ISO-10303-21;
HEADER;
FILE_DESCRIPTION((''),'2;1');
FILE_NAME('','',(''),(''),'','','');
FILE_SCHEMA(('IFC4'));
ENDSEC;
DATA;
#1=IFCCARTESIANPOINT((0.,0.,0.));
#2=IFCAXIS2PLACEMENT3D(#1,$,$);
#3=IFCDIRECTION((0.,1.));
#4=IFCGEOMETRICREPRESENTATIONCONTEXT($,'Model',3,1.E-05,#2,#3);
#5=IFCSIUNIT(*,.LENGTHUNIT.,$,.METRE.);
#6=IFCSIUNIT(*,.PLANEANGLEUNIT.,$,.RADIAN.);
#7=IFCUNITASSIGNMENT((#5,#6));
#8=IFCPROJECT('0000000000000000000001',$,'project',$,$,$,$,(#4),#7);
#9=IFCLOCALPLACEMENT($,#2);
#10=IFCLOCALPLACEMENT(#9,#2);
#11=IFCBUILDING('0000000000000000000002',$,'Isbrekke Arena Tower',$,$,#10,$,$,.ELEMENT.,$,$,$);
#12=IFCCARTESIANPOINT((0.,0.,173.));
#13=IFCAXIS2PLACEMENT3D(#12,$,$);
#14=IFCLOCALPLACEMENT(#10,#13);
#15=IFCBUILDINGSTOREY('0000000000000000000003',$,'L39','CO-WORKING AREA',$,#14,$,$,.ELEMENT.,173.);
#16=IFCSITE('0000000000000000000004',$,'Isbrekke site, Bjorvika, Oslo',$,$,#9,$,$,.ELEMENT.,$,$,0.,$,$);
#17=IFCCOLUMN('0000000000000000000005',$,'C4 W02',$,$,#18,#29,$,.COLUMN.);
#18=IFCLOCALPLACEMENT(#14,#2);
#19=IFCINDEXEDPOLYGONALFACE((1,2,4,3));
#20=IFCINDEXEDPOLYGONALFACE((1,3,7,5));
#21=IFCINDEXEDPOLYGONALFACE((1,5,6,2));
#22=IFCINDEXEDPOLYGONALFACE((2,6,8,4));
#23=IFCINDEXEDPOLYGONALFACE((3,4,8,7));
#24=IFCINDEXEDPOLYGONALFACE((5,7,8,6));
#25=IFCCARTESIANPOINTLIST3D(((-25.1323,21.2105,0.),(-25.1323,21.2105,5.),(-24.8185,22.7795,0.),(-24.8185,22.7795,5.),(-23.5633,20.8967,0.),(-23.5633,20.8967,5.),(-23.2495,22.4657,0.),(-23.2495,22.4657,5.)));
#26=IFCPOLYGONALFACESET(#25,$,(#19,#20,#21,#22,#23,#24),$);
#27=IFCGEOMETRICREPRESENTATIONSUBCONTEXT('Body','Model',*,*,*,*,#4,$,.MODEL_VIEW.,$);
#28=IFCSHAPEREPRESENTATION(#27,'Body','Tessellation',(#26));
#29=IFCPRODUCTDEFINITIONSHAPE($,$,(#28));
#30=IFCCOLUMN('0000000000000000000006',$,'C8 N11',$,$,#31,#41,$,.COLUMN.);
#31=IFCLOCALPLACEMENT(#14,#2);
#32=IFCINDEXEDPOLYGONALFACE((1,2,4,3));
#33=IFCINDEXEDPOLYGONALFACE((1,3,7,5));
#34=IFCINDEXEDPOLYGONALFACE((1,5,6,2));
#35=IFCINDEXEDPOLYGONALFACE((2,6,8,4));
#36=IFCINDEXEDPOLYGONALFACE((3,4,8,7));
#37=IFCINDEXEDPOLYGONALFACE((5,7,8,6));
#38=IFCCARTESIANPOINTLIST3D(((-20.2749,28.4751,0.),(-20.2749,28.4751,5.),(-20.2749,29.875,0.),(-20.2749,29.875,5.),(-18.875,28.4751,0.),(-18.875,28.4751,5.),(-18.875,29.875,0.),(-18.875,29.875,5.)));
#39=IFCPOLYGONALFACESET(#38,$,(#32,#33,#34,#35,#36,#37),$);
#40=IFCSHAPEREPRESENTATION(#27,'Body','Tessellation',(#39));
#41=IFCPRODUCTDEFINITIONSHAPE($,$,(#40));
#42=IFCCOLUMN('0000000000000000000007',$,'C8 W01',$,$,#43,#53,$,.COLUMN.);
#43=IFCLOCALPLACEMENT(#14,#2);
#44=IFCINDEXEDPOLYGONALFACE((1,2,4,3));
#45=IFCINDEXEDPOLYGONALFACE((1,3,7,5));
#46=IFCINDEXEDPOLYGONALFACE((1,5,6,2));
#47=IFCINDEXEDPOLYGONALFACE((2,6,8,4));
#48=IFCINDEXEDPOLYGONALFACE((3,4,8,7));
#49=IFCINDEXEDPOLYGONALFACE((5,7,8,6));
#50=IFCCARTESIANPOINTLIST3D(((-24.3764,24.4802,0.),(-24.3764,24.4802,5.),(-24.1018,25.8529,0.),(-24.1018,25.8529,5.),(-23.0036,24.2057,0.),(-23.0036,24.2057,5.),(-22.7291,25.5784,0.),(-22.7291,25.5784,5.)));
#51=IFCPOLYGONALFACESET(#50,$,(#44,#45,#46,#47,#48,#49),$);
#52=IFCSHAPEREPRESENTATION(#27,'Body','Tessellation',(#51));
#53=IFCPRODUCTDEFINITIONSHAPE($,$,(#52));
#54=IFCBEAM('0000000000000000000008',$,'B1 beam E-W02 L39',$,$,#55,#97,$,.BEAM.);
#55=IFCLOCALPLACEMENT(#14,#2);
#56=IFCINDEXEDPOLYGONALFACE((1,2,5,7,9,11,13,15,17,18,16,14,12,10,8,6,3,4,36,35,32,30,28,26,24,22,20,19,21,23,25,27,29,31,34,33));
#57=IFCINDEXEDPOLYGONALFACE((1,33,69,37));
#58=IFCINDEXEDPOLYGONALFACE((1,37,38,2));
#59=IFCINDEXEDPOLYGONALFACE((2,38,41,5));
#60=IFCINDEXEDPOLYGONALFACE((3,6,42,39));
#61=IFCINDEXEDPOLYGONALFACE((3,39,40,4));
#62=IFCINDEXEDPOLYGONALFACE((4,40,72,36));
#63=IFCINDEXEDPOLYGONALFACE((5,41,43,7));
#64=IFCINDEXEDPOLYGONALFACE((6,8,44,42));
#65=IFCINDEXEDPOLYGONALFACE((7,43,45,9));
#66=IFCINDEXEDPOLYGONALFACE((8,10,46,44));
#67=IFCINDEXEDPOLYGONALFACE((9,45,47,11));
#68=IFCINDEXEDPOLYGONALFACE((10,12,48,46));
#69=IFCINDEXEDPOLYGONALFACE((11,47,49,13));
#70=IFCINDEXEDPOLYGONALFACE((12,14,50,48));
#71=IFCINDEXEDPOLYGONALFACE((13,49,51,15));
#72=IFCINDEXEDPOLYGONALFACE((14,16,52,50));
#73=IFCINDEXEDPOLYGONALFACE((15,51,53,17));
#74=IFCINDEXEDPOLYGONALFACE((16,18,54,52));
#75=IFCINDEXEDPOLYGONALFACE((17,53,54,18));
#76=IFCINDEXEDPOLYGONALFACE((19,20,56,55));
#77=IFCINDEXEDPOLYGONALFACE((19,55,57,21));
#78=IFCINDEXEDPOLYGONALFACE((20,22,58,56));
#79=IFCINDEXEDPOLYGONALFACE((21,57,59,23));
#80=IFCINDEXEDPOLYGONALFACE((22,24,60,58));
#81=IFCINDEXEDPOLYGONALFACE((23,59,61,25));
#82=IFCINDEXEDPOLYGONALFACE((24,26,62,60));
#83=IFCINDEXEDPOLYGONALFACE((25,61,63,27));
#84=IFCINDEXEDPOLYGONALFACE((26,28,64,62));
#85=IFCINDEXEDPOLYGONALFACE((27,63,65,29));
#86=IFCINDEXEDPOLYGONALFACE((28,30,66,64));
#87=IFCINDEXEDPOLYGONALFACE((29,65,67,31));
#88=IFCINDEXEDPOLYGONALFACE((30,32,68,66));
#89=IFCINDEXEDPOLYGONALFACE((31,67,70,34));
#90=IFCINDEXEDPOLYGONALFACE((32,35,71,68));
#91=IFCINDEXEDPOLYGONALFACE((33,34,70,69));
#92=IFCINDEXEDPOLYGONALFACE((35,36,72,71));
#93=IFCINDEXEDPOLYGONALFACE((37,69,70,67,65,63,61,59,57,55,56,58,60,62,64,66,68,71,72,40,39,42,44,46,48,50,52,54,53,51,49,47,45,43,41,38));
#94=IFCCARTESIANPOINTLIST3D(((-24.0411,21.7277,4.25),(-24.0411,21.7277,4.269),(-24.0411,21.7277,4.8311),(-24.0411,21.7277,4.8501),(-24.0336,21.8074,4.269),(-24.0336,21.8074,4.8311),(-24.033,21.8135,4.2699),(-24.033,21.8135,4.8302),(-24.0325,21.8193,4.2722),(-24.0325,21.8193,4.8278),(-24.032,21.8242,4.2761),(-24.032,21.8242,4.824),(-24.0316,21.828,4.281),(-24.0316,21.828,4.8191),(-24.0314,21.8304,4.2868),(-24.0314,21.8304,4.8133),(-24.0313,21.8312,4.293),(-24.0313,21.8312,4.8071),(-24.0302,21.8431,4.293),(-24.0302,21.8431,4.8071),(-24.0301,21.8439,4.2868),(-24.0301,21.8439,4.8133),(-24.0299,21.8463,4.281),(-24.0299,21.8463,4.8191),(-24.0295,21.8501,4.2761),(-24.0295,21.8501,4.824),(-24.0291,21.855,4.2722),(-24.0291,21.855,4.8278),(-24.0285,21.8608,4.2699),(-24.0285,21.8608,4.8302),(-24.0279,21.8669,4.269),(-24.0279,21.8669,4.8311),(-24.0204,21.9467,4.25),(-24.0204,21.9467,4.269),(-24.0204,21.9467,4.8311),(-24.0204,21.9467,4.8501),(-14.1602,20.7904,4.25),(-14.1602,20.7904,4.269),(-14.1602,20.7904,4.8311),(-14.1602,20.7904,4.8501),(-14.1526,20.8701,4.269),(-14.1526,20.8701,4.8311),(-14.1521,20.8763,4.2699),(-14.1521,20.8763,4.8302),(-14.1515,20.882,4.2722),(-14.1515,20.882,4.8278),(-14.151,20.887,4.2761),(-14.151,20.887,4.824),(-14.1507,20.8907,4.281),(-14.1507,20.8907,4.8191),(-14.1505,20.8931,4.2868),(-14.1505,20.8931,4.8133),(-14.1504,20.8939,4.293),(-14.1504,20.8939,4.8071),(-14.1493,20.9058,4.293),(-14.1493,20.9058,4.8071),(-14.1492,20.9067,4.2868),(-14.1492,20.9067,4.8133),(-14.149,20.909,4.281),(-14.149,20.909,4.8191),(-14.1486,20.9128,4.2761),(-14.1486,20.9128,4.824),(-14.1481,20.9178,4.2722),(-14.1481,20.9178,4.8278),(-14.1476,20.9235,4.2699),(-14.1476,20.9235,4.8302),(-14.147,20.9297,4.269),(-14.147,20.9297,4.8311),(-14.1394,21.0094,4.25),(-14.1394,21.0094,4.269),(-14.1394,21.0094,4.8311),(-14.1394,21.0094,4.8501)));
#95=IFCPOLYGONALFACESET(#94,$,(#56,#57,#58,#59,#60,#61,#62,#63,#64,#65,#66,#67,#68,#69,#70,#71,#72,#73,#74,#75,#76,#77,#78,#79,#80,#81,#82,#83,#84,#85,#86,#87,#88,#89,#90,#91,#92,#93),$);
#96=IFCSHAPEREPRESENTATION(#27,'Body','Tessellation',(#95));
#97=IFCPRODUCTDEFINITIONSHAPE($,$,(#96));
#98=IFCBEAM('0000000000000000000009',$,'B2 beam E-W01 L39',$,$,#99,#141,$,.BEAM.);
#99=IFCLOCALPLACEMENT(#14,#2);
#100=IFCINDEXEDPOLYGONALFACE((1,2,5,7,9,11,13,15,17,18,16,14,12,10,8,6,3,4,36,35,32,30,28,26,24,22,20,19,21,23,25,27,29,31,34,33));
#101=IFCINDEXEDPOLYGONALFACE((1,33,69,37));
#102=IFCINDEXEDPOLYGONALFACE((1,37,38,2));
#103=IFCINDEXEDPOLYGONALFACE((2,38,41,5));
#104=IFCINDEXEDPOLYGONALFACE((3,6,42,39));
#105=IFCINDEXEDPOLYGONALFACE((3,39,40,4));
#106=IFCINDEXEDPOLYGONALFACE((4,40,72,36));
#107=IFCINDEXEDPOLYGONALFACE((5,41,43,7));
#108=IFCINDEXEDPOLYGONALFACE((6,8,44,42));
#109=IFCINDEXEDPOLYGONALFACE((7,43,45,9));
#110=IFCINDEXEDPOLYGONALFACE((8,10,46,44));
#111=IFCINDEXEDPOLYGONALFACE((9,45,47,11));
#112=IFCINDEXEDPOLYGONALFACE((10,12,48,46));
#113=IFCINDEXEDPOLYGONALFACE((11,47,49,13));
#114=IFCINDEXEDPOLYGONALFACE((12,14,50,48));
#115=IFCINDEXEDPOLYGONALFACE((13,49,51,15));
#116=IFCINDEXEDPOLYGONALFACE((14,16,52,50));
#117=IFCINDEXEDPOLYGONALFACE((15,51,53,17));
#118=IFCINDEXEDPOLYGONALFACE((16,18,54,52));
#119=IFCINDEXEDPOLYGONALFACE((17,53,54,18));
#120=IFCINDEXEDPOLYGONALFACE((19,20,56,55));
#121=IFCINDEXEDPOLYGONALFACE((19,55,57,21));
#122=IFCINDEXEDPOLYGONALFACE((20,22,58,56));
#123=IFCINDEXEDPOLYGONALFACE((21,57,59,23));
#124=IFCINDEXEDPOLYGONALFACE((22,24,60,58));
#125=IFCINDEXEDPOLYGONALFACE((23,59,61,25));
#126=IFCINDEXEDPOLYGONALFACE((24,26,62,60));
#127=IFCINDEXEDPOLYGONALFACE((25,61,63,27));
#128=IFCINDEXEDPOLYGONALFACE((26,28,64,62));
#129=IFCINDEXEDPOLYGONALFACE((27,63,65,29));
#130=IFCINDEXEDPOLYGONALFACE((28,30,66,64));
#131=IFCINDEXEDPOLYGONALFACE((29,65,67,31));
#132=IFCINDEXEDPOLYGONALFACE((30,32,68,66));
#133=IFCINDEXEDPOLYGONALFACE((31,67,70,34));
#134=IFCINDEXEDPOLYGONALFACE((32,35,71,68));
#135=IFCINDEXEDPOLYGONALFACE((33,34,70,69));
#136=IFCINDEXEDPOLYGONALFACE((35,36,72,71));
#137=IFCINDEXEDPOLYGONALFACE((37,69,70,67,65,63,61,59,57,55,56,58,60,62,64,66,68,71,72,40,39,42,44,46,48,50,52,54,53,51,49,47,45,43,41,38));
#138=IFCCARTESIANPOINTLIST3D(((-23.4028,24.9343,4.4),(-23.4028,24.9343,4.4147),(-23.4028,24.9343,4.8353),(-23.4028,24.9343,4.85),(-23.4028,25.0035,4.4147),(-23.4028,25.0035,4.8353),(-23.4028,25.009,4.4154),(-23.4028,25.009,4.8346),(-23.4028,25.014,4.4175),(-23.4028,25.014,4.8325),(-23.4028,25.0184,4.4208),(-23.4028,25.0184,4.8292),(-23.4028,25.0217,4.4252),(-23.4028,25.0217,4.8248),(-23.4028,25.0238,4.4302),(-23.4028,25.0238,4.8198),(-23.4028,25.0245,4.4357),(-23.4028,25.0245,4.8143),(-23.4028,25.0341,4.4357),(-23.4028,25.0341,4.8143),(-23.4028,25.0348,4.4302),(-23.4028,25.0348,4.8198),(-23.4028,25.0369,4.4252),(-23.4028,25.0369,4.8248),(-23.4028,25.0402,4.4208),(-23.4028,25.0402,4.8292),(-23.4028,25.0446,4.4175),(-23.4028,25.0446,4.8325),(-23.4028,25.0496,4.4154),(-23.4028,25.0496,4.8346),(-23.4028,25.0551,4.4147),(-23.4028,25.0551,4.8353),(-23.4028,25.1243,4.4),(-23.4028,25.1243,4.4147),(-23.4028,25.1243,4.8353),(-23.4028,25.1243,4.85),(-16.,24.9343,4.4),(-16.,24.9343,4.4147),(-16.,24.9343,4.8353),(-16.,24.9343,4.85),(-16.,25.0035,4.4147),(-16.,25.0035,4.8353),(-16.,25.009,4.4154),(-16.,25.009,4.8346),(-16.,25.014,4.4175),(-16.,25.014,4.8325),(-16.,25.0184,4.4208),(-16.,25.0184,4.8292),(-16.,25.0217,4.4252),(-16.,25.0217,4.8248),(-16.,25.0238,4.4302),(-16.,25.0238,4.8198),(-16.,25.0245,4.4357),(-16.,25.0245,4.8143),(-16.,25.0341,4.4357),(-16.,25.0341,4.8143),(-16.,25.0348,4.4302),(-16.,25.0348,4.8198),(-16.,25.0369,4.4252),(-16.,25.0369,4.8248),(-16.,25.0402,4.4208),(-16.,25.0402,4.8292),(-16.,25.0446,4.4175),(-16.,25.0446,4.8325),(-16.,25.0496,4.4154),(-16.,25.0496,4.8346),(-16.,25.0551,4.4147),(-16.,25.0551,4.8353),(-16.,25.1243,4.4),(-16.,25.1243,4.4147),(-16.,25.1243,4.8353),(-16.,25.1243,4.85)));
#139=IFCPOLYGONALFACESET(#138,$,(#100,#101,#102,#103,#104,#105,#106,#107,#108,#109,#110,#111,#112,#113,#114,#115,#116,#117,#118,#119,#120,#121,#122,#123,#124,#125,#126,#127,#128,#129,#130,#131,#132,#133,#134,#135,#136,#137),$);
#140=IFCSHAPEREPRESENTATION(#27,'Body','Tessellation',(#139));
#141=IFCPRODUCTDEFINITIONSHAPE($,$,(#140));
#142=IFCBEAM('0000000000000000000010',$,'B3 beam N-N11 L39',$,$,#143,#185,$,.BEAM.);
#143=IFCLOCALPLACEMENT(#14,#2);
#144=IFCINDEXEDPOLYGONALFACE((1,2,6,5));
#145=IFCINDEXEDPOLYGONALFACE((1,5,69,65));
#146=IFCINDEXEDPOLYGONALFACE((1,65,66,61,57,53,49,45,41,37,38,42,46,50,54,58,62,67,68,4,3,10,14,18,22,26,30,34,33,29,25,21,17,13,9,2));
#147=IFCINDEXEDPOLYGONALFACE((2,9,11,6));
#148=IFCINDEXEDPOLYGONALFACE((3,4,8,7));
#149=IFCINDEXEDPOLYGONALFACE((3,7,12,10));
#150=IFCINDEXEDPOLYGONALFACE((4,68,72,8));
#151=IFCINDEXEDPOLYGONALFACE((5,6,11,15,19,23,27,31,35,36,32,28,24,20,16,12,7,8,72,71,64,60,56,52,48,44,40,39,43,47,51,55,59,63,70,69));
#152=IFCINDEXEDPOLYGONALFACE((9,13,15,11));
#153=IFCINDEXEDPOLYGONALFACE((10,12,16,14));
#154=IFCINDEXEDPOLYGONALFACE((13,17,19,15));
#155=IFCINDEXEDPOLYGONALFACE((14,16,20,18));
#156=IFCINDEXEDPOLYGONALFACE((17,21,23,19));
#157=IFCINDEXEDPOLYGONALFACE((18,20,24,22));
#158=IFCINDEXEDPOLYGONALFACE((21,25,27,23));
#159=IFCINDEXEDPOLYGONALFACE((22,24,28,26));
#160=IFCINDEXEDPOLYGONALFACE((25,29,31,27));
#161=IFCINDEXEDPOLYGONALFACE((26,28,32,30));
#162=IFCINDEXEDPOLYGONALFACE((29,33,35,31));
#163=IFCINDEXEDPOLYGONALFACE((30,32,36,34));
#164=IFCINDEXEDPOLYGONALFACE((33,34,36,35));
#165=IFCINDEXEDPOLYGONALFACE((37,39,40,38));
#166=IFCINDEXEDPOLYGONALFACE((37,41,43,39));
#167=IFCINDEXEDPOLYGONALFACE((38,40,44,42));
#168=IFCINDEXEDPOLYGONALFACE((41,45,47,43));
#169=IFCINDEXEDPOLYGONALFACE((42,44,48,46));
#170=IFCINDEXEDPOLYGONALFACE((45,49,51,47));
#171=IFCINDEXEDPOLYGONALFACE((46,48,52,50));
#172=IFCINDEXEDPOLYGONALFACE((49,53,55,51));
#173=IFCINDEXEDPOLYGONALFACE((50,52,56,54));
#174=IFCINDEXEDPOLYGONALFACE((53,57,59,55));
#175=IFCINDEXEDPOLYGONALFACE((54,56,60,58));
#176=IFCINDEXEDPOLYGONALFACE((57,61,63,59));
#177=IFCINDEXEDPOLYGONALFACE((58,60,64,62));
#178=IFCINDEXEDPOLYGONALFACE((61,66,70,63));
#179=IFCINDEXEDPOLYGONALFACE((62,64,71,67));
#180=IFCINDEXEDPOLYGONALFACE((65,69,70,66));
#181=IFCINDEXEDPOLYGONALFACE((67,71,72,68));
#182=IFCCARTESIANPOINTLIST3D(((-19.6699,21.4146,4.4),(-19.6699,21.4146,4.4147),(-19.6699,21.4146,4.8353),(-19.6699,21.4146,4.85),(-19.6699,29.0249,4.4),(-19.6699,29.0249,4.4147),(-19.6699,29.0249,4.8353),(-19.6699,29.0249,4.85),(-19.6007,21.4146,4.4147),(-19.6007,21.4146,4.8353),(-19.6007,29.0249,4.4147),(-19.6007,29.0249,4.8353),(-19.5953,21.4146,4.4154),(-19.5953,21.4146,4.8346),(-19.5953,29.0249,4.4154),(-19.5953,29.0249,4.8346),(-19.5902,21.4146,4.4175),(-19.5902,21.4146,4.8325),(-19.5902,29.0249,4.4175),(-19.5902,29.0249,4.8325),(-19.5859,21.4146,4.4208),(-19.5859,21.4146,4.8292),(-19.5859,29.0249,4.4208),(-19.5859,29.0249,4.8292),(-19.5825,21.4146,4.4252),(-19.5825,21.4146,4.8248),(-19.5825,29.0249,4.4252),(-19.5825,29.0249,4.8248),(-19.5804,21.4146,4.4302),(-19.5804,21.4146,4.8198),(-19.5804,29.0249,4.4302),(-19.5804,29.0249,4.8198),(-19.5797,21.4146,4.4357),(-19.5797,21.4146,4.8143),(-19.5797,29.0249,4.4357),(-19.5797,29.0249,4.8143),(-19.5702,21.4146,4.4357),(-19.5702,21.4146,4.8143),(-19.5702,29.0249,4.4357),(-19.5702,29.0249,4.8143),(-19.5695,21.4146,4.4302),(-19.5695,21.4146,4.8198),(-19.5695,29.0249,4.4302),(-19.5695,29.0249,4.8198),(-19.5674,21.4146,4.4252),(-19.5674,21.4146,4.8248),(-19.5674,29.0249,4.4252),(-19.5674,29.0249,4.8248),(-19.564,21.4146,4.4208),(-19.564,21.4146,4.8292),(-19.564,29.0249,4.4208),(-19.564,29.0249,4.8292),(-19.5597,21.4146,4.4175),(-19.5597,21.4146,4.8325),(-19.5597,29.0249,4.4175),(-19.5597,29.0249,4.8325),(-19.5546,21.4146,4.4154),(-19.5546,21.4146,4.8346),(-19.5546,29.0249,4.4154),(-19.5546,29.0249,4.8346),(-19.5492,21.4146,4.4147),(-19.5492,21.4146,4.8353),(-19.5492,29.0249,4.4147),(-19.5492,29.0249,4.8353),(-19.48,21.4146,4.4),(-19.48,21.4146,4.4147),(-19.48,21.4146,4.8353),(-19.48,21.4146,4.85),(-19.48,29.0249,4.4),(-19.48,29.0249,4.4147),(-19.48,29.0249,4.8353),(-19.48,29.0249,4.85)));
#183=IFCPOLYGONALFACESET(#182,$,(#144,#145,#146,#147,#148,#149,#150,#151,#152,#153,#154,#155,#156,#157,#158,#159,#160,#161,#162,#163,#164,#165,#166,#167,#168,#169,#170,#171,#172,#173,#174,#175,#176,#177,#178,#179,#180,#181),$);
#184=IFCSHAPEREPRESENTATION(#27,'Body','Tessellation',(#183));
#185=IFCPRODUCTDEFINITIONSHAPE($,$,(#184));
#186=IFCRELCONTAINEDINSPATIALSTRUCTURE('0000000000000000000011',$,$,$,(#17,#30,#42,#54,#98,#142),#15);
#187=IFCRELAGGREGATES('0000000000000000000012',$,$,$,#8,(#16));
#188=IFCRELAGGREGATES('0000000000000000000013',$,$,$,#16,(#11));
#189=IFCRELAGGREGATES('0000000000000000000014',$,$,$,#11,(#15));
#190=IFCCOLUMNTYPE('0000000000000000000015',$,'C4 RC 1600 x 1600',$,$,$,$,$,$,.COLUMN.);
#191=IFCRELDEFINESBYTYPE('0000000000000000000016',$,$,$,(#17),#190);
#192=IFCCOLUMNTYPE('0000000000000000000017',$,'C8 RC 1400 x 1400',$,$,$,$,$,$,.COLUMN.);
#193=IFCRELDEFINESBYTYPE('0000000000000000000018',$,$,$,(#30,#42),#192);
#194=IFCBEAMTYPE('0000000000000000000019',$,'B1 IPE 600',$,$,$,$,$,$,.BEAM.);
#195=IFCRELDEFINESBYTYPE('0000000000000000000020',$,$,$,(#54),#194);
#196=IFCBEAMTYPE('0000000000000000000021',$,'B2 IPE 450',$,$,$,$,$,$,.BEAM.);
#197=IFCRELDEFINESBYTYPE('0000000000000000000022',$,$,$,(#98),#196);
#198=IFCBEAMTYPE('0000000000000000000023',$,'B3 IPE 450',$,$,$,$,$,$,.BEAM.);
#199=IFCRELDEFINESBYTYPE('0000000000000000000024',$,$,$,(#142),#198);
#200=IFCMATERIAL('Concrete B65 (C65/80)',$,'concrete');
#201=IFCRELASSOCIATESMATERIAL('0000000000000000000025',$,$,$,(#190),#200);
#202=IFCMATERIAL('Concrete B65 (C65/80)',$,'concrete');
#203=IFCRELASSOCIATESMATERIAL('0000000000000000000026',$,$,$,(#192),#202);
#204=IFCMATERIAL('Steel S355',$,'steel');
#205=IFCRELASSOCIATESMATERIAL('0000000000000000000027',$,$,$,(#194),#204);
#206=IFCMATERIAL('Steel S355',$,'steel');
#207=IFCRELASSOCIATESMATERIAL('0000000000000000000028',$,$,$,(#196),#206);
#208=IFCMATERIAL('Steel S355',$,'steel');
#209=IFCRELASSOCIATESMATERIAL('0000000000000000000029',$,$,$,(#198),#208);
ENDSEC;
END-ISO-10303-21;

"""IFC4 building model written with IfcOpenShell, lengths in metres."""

from ifc_helpers import new_model, si_unit, direction, frame, origin, origin_2d, place, context, subcontext, project, spatial, rectangle, i_section, extrude, material, material_profile, profile_set, type_object, element, save


model = new_model("IFC4")

# Units and contexts
model_context = context("Model", 3, precision=1e-05, world=origin(), true_north=direction((0.0, 1.0)))
body_context = subcontext(model_context, "Body", "Model", "MODEL_VIEW")
ifc_project = project(units=[si_unit("LENGTHUNIT", "METRE"), si_unit("PLANEANGLEUNIT", "RADIAN")], contexts=[model_context])

# Site, building, storey
site_placement = place(None, origin())
site = spatial("IfcSite", under=ifc_project, at=site_placement, Name="Isbrekke site, Bjorvika, Oslo", CompositionType="ELEMENT", RefElevation=0.0)
building_placement = place(site_placement, origin())
building = spatial("IfcBuilding", under=site, at=building_placement, Name="Isbrekke Arena Tower", CompositionType="ELEMENT")
storey_placement = place(building_placement, frame((0.0, 0.0, 173.0)))
storey = spatial("IfcBuildingStorey", under=building, at=storey_placement, Name="L39", Description="CO-WORKING AREA", CompositionType="ELEMENT", Elevation=173.0)

# Columns
ifc_material_1 = material(Name="Concrete B65 (C65/80)", Category="concrete")
ifc_material_profile_1 = material_profile(ifc_material_1, rectangle(XDim=1.6001, YDim=1.6001, at=origin_2d()), Name="RC 1600x1600")
ifc_profile_set_1 = profile_set([ifc_material_profile_1], Name="Concrete B65 (C65/80)")
column_type_1 = type_object("IfcColumnType", Name="C4 RC 1600 x 1600", PredefinedType="COLUMN", material=ifc_profile_set_1)
column_placement = place(storey_placement, frame((-24.1909, 21.8381, 0.0), z_axis=(0.0, 0.0, 1.0), x_axis=(-0.196116, -0.980581, 0.0)))
element("IfcColumn", 1, at=column_placement, inside=storey, type_object=column_type_1, Name="C4 W02", PredefinedType="COLUMN", context=body_context, shape_type="SweptSolid", body=[
    extrude(rectangle(XDim=1.6001, YDim=1.6001, at=origin_2d()), origin(), (0.0, 0.0, 1.0), 5.0),
])
ifc_material_2 = material(Name="Concrete B65 (C65/80)", Category="concrete")
ifc_material_profile_2 = material_profile(ifc_material_2, rectangle(XDim=1.3999, YDim=1.3999, at=origin_2d()), Name="RC 1400x1400")
ifc_profile_set_2 = profile_set([ifc_material_profile_2], Name="Concrete B65 (C65/80)")
column_type_2 = type_object("IfcColumnType", Name="C8 RC 1400 x 1400", PredefinedType="COLUMN", material=ifc_profile_set_2)
for number, where, z_axis, x_axis, name in (
    (2, (-19.575, 29.175, 0.0), (0.0, 0.0, 1.0), (-1.0, 0.0, 0.0), "C8 N11"),
    (3, (-23.5527, 25.0293, 0.0), (0.0, 0.0, 1.0), (-0.196116, -0.980581, 0.0), "C8 W01"),
):
    element("IfcColumn", number, at=place(storey_placement, frame(where, z_axis=z_axis, x_axis=x_axis)), inside=storey, type_object=column_type_2, Name=name, PredefinedType="COLUMN", context=body_context, shape_type="SweptSolid", body=[
        extrude(rectangle(XDim=1.3999, YDim=1.3999, at=origin_2d()), origin(), (0.0, 0.0, 1.0), 5.0),
    ])

# Beams
ifc_material_3 = material(Name="Steel S355", Category="steel")
ifc_material_profile_3 = material_profile(ifc_material_3, i_section(OverallWidth=0.22, OverallDepth=0.6001, WebThickness=0.012, FlangeThickness=0.019, FilletRadius=0.0239, at=origin_2d()), Name="IPE 600")
ifc_profile_set_3 = profile_set([ifc_material_profile_3], Name="Steel S355")
beam_type_1 = type_object("IfcBeamType", Name="B1 IPE 600", PredefinedType="BEAM", material=ifc_profile_set_3)
beam_1_placement = place(storey_placement, frame((-24.0308, 21.8372, 4.55), z_axis=(0.995531, -0.094432, 0.0), x_axis=(0.094432, 0.995531, 0.0)))
element("IfcBeam", 4, at=beam_1_placement, inside=storey, type_object=beam_type_1, Name="B1 beam E-W02 L39", PredefinedType="BEAM", context=body_context, shape_type="SweptSolid", body=[
    extrude(i_section(OverallWidth=0.22, OverallDepth=0.6001, WebThickness=0.012, FlangeThickness=0.019, FilletRadius=0.0239, at=origin_2d()), origin(), (0.0, 0.0, 1.0), 9.9253),
])
ifc_material_4 = material(Name="Steel S355", Category="steel")
ifc_material_profile_4 = material_profile(ifc_material_4, i_section(OverallWidth=0.1899, OverallDepth=0.45, WebThickness=0.0095, FlangeThickness=0.0146, FilletRadius=0.021, at=origin_2d()), Name="IPE 450")
ifc_profile_set_4 = profile_set([ifc_material_profile_4], Name="Steel S355")
beam_type_2 = type_object("IfcBeamType", Name="B2 IPE 450", PredefinedType="BEAM", material=ifc_profile_set_4)
beam_2_placement = place(storey_placement, frame((-23.4028, 25.0293, 4.625), z_axis=(1.0, 0.0, 0.0), x_axis=(0.0, 1.0, 0.0)))
element("IfcBeam", 5, at=beam_2_placement, inside=storey, type_object=beam_type_2, Name="B2 beam E-W01 L39", PredefinedType="BEAM", context=body_context, shape_type="SweptSolid", body=[
    extrude(i_section(OverallWidth=0.1899, OverallDepth=0.45, WebThickness=0.0095, FlangeThickness=0.0146, FilletRadius=0.021, at=origin_2d()), origin(), (0.0, 0.0, 1.0), 7.4028),
])
ifc_material_5 = material(Name="Steel S355", Category="steel")
ifc_material_profile_5 = material_profile(ifc_material_5, i_section(OverallWidth=0.1899, OverallDepth=0.45, WebThickness=0.0095, FlangeThickness=0.0146, FilletRadius=0.021, at=origin_2d()), Name="IPE 450")
ifc_profile_set_5 = profile_set([ifc_material_profile_5], Name="Steel S355")
beam_type_3 = type_object("IfcBeamType", Name="B3 IPE 450", PredefinedType="BEAM", material=ifc_profile_set_5)
beam_3_placement = place(storey_placement, frame((-19.575, 29.0249, 4.625), z_axis=(0.0, -1.0, 0.0), x_axis=(1.0, 0.0, 0.0)))
element("IfcBeam", 6, at=beam_3_placement, inside=storey, type_object=beam_type_3, Name="B3 beam N-N11 L39", PredefinedType="BEAM", context=body_context, shape_type="SweptSolid", body=[
    extrude(i_section(OverallWidth=0.1899, OverallDepth=0.45, WebThickness=0.0095, FlangeThickness=0.0146, FilletRadius=0.021, at=origin_2d()), origin(), (0.0, 0.0, 1.0), 7.6104),
])

save(model, "model.ifc")
